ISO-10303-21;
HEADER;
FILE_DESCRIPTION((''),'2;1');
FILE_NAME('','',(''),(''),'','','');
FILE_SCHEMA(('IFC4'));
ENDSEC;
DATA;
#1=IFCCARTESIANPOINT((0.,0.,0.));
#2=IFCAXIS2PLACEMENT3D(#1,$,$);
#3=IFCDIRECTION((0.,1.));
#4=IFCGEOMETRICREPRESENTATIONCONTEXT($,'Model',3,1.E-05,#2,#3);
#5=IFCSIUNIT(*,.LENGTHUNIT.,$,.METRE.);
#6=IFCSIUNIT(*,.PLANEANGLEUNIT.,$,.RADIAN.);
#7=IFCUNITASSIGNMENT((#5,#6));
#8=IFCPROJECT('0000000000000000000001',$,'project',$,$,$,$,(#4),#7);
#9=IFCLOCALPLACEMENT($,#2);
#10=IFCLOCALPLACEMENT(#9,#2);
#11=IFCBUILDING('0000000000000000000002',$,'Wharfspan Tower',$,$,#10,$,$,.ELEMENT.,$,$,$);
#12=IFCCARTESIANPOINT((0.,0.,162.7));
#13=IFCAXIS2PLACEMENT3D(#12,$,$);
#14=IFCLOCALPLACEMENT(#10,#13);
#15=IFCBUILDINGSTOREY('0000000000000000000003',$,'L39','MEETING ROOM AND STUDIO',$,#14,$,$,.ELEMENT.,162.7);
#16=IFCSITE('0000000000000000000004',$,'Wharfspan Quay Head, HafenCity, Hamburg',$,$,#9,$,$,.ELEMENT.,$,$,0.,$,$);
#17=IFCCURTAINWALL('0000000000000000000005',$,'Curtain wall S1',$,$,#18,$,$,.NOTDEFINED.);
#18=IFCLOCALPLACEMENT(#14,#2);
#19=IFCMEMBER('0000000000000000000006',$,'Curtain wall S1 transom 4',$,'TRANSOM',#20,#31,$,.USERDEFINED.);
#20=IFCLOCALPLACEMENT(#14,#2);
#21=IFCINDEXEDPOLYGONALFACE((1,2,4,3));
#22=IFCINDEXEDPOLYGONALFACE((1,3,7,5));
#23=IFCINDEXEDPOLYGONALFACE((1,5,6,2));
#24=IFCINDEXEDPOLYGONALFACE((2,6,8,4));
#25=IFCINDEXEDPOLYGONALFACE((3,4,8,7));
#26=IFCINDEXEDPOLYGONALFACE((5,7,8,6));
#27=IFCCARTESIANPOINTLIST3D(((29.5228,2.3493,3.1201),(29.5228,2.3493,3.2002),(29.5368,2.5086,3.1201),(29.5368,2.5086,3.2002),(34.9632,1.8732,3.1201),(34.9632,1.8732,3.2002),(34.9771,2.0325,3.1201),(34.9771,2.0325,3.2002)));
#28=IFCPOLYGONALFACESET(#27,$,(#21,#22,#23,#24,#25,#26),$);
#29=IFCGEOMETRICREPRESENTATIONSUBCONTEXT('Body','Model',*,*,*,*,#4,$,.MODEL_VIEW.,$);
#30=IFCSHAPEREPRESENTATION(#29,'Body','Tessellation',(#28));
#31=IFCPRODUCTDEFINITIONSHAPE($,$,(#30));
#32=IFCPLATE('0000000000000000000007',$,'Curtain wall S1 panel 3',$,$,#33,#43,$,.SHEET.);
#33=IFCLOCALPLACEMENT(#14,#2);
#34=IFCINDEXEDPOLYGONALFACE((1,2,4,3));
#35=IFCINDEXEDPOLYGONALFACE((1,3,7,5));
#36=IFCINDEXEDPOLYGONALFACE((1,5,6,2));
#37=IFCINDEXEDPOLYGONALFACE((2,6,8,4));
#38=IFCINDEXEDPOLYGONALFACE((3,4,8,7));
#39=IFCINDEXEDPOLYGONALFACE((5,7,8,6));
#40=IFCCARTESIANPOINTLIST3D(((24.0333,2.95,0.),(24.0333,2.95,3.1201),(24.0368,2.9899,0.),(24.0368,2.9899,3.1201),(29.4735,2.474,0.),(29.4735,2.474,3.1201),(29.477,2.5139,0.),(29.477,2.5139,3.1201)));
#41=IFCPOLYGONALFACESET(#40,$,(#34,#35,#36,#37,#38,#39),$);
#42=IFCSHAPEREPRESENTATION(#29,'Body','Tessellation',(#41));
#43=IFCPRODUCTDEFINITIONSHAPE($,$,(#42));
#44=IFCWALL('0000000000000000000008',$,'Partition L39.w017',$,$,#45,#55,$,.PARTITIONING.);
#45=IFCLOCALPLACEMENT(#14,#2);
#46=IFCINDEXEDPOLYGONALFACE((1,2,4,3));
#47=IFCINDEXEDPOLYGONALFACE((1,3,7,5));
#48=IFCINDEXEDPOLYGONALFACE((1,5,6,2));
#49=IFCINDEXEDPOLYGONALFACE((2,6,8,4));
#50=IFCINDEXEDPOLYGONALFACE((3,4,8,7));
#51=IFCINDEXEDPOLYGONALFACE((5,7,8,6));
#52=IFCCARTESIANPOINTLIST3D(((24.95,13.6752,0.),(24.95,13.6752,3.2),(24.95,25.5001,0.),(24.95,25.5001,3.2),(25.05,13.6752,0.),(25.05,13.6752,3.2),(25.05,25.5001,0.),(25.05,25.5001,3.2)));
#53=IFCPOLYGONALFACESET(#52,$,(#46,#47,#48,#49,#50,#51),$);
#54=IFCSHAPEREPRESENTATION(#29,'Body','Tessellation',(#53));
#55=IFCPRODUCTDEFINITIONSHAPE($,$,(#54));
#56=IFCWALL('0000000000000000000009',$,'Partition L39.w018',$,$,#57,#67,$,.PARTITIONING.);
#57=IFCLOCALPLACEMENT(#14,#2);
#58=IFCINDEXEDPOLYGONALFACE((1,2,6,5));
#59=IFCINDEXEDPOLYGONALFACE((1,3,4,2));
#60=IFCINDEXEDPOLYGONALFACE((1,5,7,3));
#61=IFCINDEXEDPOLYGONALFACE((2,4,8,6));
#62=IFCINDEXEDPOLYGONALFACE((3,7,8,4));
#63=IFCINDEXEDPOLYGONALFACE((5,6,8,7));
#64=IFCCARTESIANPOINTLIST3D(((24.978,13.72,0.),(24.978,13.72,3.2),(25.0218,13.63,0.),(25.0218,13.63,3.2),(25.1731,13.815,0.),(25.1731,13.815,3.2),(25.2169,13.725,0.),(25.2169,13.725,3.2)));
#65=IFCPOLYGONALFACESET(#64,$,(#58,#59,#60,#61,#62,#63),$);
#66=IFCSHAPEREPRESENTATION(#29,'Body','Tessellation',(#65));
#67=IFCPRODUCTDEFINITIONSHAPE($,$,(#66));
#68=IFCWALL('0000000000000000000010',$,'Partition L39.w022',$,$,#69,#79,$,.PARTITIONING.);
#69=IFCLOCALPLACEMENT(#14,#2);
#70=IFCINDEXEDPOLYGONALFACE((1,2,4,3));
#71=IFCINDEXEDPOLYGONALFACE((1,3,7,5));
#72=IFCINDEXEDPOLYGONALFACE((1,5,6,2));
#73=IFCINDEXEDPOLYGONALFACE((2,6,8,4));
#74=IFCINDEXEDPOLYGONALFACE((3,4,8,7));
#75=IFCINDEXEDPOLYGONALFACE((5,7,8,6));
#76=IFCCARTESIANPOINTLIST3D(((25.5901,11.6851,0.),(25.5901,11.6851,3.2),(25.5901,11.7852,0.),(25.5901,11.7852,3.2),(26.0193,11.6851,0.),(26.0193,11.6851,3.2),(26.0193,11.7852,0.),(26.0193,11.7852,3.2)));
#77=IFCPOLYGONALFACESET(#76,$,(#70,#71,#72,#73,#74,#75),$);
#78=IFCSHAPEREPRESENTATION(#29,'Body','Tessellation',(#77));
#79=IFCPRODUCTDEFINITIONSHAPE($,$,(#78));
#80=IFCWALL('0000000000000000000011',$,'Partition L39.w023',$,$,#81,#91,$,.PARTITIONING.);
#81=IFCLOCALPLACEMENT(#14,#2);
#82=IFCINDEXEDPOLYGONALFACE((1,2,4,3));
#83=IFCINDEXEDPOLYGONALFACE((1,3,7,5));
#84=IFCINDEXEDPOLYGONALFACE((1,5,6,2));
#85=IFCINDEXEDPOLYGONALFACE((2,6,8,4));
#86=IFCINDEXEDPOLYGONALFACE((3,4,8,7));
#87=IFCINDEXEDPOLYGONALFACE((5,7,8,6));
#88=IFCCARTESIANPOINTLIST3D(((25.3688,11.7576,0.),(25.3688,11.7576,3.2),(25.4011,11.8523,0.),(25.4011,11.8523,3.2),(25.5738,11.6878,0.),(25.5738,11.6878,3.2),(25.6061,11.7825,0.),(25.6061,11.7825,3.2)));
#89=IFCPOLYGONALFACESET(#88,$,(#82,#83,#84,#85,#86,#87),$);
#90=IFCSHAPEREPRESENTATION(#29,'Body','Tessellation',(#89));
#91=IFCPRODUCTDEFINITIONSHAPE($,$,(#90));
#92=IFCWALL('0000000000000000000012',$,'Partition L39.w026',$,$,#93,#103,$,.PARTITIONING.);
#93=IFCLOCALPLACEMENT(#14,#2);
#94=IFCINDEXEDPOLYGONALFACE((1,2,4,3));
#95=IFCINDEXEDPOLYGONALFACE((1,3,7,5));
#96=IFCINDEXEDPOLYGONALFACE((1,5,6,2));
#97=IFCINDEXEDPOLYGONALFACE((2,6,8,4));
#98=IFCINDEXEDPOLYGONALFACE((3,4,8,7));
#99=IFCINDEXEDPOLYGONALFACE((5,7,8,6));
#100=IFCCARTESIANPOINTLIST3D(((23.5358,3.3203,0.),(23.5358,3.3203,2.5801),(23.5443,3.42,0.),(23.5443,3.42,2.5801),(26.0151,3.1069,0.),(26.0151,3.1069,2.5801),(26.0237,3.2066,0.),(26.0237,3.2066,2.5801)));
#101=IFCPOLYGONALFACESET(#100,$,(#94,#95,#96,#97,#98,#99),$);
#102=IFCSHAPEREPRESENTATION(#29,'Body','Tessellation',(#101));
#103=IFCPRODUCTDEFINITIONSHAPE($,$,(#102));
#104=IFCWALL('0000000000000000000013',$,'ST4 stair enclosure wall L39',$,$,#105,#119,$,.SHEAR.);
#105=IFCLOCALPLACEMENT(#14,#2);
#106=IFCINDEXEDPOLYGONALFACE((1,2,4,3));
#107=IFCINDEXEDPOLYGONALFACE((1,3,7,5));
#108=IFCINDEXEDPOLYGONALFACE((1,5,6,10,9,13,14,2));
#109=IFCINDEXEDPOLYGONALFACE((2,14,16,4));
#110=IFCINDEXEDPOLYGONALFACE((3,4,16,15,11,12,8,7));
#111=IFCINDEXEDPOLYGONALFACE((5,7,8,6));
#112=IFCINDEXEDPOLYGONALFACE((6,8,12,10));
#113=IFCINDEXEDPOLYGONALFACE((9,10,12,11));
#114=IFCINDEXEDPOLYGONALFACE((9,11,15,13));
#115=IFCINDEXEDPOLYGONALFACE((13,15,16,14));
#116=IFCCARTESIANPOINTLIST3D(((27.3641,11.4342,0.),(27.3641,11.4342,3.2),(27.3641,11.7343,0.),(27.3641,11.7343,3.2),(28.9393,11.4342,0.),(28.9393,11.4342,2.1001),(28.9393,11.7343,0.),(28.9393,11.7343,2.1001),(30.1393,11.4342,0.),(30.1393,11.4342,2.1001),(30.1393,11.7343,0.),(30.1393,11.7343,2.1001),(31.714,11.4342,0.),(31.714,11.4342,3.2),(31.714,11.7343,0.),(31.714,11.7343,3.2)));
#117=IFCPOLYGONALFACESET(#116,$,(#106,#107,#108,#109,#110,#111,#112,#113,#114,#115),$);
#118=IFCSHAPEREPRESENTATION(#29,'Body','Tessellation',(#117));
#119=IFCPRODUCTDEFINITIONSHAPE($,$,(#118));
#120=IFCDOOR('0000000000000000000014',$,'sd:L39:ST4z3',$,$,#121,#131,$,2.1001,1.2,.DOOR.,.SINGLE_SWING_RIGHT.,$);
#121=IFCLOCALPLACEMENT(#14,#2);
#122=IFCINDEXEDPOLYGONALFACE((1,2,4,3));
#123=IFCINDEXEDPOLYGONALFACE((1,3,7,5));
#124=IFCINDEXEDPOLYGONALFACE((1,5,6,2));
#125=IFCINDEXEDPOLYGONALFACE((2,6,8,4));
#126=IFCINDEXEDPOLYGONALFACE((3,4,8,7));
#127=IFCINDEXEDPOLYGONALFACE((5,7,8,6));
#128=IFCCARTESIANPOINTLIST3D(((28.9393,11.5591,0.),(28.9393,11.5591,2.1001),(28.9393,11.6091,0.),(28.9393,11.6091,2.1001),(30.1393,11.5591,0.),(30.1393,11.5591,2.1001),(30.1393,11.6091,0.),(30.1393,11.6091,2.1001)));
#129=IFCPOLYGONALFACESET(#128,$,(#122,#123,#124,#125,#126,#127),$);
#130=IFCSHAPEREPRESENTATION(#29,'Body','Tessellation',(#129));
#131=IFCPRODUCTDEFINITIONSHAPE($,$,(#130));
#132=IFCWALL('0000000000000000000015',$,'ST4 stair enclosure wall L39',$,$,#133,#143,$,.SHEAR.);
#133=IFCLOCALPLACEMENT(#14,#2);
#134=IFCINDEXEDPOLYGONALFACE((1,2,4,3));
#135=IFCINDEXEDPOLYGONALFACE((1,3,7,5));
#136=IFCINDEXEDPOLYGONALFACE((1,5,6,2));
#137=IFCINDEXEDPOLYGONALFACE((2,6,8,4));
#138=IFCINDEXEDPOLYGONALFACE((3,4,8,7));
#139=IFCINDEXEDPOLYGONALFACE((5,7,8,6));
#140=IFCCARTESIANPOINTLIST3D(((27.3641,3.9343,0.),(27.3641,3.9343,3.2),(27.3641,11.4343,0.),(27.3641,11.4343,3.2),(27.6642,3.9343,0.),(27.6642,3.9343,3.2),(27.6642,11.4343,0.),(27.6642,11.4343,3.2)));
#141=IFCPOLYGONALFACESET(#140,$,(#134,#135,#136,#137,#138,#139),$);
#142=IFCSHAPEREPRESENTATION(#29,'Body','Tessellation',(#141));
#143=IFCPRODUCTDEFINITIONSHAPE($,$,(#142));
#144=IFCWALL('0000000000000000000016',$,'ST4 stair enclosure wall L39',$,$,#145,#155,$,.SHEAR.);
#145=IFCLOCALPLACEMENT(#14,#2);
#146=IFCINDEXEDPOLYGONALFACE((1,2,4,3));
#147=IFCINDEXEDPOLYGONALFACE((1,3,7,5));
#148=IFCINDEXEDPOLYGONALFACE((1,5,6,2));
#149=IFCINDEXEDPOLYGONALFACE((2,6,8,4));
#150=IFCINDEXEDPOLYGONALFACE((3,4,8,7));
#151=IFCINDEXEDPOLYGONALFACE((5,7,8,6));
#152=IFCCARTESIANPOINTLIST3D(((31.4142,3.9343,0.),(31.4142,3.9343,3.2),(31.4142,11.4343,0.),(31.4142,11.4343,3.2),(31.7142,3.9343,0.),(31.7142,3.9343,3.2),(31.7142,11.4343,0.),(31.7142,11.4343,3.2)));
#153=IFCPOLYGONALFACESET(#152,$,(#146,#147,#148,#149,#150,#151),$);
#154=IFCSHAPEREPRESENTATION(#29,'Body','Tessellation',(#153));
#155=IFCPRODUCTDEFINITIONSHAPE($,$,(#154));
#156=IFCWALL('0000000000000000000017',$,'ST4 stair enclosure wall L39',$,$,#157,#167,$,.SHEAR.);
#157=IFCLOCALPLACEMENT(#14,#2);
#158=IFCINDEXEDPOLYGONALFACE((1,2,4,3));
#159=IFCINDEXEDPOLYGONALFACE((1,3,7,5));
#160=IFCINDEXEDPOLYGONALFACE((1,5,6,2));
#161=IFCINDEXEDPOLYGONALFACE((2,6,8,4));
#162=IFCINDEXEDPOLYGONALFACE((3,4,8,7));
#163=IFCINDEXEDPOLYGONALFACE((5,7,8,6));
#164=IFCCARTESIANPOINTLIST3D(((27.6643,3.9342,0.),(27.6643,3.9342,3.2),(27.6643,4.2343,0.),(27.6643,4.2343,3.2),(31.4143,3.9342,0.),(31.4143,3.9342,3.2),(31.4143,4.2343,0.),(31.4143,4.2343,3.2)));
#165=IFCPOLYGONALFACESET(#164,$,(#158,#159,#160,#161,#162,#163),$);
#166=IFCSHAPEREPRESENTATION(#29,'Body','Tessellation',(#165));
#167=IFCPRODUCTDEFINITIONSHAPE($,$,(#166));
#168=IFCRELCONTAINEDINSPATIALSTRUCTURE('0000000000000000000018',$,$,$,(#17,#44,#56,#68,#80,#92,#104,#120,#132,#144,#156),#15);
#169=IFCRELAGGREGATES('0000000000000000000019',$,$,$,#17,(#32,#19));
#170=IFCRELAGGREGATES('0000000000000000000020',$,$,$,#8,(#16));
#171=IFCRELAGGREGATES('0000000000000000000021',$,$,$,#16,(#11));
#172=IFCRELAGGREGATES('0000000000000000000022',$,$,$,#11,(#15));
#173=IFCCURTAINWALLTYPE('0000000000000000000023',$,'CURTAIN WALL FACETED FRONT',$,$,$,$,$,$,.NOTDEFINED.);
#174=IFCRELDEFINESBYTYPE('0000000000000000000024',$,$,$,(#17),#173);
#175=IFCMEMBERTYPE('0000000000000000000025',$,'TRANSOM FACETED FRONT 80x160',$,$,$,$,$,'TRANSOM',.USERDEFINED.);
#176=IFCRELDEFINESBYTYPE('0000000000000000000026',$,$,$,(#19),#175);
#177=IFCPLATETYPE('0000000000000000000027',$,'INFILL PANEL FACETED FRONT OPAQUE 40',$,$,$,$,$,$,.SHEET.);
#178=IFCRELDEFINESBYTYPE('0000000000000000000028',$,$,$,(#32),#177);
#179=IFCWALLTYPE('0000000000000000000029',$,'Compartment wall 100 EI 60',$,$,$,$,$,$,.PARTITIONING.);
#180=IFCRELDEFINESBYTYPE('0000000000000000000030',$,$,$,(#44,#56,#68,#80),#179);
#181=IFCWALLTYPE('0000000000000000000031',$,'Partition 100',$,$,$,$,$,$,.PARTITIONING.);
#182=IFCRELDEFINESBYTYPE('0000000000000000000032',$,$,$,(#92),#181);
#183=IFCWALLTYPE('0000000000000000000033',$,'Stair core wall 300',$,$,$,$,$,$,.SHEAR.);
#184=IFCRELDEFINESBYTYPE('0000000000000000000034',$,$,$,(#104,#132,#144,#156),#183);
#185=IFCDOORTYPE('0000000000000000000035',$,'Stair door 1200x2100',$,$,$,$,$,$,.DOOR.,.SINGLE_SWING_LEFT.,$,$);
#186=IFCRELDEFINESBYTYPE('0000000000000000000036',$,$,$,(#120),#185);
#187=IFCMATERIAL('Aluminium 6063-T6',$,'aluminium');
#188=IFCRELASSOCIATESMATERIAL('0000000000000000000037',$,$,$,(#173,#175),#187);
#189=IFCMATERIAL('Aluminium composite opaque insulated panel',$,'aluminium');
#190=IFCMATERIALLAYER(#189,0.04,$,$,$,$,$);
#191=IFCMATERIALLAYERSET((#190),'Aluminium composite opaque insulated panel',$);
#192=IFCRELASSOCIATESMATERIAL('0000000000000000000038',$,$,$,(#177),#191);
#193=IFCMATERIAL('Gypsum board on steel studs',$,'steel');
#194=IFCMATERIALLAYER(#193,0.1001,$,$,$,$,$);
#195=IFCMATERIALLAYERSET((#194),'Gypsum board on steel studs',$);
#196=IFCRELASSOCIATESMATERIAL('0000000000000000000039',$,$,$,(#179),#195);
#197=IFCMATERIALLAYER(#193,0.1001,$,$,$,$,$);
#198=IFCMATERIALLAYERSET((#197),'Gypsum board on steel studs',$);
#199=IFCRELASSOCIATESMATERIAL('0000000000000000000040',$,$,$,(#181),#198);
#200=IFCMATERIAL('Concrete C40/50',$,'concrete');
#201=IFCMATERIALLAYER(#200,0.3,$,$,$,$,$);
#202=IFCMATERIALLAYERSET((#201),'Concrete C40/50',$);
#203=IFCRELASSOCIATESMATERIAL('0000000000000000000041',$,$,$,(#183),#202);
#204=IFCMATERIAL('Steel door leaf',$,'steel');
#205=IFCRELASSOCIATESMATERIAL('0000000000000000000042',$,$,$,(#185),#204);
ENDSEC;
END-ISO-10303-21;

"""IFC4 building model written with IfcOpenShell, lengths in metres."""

from ifc_helpers import new_model, si_unit, direction, frame, frame_2d, origin, origin_2d, place, context, subcontext, project, spatial, rectangle, extrude, material, layer, layer_set, material_profile, profile_set, type_object, element, fill, aggregate, save


model = new_model("IFC4")

# Units and contexts
model_context = context("Model", 3, precision=1e-05, world=origin(), true_north=direction((0.0, 1.0)))
body_context = subcontext(model_context, "Body", "Model", "MODEL_VIEW")
ifc_project = project(units=[si_unit("LENGTHUNIT", "METRE"), si_unit("PLANEANGLEUNIT", "RADIAN")], contexts=[model_context])

# Site, building, storey
site_placement = place(None, origin())
site = spatial("IfcSite", under=ifc_project, at=site_placement, Name="Wharfspan Quay Head, HafenCity, Hamburg", CompositionType="ELEMENT", RefElevation=0.0)
building_placement = place(site_placement, origin())
building = spatial("IfcBuilding", under=site, at=building_placement, Name="Wharfspan Tower", CompositionType="ELEMENT")
storey_placement = place(building_placement, frame((0.0, 0.0, 162.7)))
storey = spatial("IfcBuildingStorey", under=building, at=storey_placement, Name="L39", Description="MEETING ROOM AND STUDIO", CompositionType="ELEMENT", Elevation=162.7)

# Curtain wall, member, plate
ifc_material_1 = material(Name="Aluminium 6063-T6", Category="aluminium")
curtain_wall_type = type_object("IfcCurtainWallType", Name="CURTAIN WALL FACETED FRONT", PredefinedType="NOTDEFINED", material=ifc_material_1)
curtain_wall_placement = place(storey_placement, origin())
curtain_wall = element("IfcCurtainWall", 1, at=curtain_wall_placement, inside=storey, type_object=curtain_wall_type, Name="Curtain wall S1", PredefinedType="NOTDEFINED")
ifc_material_profile_1 = material_profile(ifc_material_1, rectangle(XDim=0.1599, YDim=0.0801, at=origin_2d()))
ifc_profile_set_1 = profile_set([ifc_material_profile_1], Name="Aluminium 6063-T6")
member_type_1 = type_object("IfcMemberType", Name="TRANSOM FACETED FRONT 80x160", ElementType="TRANSOM", PredefinedType="USERDEFINED", material=ifc_profile_set_1)
member_1_placement = place(storey_placement, frame((29.5298, 2.429, 3.1602), z_axis=(0.996193, -0.087174, 0.0), x_axis=(0.087174, 0.996193, 0.0)))
member_1 = element("IfcMember", 2, at=member_1_placement, type_object=member_type_1, Name="Curtain wall S1 transom 4", ObjectType="TRANSOM", PredefinedType="USERDEFINED", context=body_context, shape_type="SweptSolid", body=[
    extrude(rectangle(XDim=0.1599, YDim=0.0801, at=origin_2d()), origin(), (0.0, 0.0, 1.0), 5.4612),
])
ifc_material_2 = material(Name="Aluminium composite opaque insulated panel", Category="aluminium")
ifc_layer_1 = layer(ifc_material_2, 0.04)
ifc_layer_set_1 = layer_set([ifc_layer_1], Name="Aluminium composite opaque insulated panel")
plate_type = type_object("IfcPlateType", Name="INFILL PANEL FACETED FRONT OPAQUE 40", PredefinedType="SHEET", material=ifc_layer_set_1)
plate_placement = place(storey_placement, frame((26.7551, 2.7319, 0.0), z_axis=(0.0, 0.0, 1.0), x_axis=(0.996198, -0.087156, 0.0)))
plate = element("IfcPlate", 3, at=plate_placement, type_object=plate_type, Name="Curtain wall S1 panel 3", PredefinedType="SHEET", context=body_context, shape_type="SweptSolid", body=[
    extrude(rectangle(XDim=5.4609, YDim=0.04, at=origin_2d()), origin(), (0.0, 0.0, 1.0), 3.1201),
])
aggregate(curtain_wall, [plate, member_1])

# Walls
ifc_material_3 = material(Name="Gypsum board on steel studs", Category="steel")
ifc_layer_2 = layer(ifc_material_3, 0.1001)
ifc_layer_set_2 = layer_set([ifc_layer_2], Name="Gypsum board on steel studs")
wall_type_1 = type_object("IfcWallType", Name="Compartment wall 100 EI 60", PredefinedType="PARTITIONING", material=ifc_layer_set_2)
wall_1_placement = place(storey_placement, frame((25.0, 13.675, 0.0), z_axis=(0.0, 0.0, 1.0), x_axis=(0.0, 1.0, 0.0)))
element("IfcWall", 4, at=wall_1_placement, inside=storey, type_object=wall_type_1, Name="Partition L39.w017", PredefinedType="PARTITIONING", context=body_context, shape_type="SweptSolid", body=[
    extrude(rectangle(XDim=11.825, YDim=0.1001, at=frame_2d((5.9126, 0.0))), origin(), (0.0, 0.0, 1.0), 3.2),
])
wall_2_placement = place(storey_placement, frame((25.0, 13.675, 0.0), z_axis=(0.0, 0.0, 1.0), x_axis=(0.899103, 0.437736, 0.0)))
element("IfcWall", 5, at=wall_2_placement, inside=storey, type_object=wall_type_1, Name="Partition L39.w018", PredefinedType="PARTITIONING", context=body_context, shape_type="SweptSolid", body=[
    extrude(rectangle(XDim=0.217, YDim=0.1001, at=frame_2d((0.1084, 0.0))), origin(), (0.0, 0.0, 1.0), 3.2),
])
wall_3_placement = place(storey_placement, frame((25.5901, 11.7351, 0.0), z_axis=(0.0, 0.0, 1.0), x_axis=(1.0, 0.0, 0.0)))
element("IfcWall", 6, at=wall_3_placement, inside=storey, type_object=wall_type_1, Name="Partition L39.w022", PredefinedType="PARTITIONING", context=body_context, shape_type="SweptSolid", body=[
    extrude(rectangle(XDim=0.4292, YDim=0.1001, at=frame_2d((0.2146, 0.0))), origin(), (0.0, 0.0, 1.0), 3.2),
])
wall_4_placement = place(storey_placement, frame((25.5901, 11.7351, 0.0), z_axis=(0.0, 0.0, 1.0), x_axis=(-0.946633, 0.322306, 0.0)))
element("IfcWall", 7, at=wall_4_placement, inside=storey, type_object=wall_type_1, Name="Partition L39.w023", PredefinedType="PARTITIONING", context=body_context, shape_type="SweptSolid", body=[
    extrude(rectangle(XDim=0.2166, YDim=0.1001, at=frame_2d((0.1084, 0.0))), origin(), (0.0, 0.0, 1.0), 3.2),
])
ifc_layer_3 = layer(ifc_material_3, 0.1001)
ifc_layer_set_3 = layer_set([ifc_layer_3], Name="Gypsum board on steel studs")
wall_type_2 = type_object("IfcWallType", Name="Partition 100", PredefinedType="PARTITIONING", material=ifc_layer_set_3)
wall_5_placement = place(storey_placement, frame((26.0193, 3.1567, 0.0), z_axis=(0.0, 0.0, 1.0), x_axis=(-0.996317, 0.085749, 0.0)))
element("IfcWall", 8, at=wall_5_placement, inside=storey, type_object=wall_type_2, Name="Partition L39.w026", PredefinedType="PARTITIONING", context=body_context, shape_type="SweptSolid", body=[
    extrude(rectangle(XDim=2.4885, YDim=0.1001, at=frame_2d((1.2441, 0.0))), origin(), (0.0, 0.0, 1.0), 2.5801),
])

# Wall, opening, door
ifc_material_4 = material(Name="Concrete C40/50", Category="concrete")
ifc_layer_4 = layer(ifc_material_4, 0.3)
ifc_layer_set_4 = layer_set([ifc_layer_4], Name="Concrete C40/50")
wall_type_3 = type_object("IfcWallType", Name="Stair core wall 300", PredefinedType="SHEAR", material=ifc_layer_set_4)
wall_6_placement = place(storey_placement, frame((27.3643, 11.5842, 0.0), z_axis=(0.0, 0.0, 1.0), x_axis=(1.0, 0.0, 0.0)))
wall_6 = element("IfcWall", 9, at=wall_6_placement, inside=storey, type_object=wall_type_3, Name="ST4 stair enclosure wall L39", PredefinedType="SHEAR", context=body_context, shape_type="SweptSolid", body=[
    extrude(rectangle(XDim=4.3499, YDim=0.3, at=frame_2d((2.1748, 0.0))), origin(), (0.0, 0.0, 1.0), 3.2),
])
opening_placement = place(wall_6_placement, frame((1.575, 0.0, 0.0)))
opening = element("IfcOpeningElement", 10, at=opening_placement, cuts=wall_6, PredefinedType="OPENING", context=body_context, shape_type="SweptSolid", body=[
    extrude(rectangle(XDim=1.2, YDim=2.1001, at=frame_2d((0.6001, 1.05))), frame((0.0, 0.1599, 0.0), z_axis=(0.0, -1.0, 0.0), x_axis=(1.0, 0.0, 0.0)), (0.0, 0.0, 1.0), 0.3201),
])
ifc_material_5 = material(Name="Steel door leaf", Category="steel")
door_type = type_object("IfcDoorType", Name="Stair door 1200x2100", OperationType="SINGLE_SWING_LEFT", PredefinedType="DOOR", material=ifc_material_5)
door_placement = place(opening_placement, origin())
door = element("IfcDoor", 11, at=door_placement, inside=storey, type_object=door_type, Name="sd:L39:ST4z3", OperationType="SINGLE_SWING_RIGHT", OverallHeight=2.1001, OverallWidth=1.2, PredefinedType="DOOR", context=body_context, shape_type="SweptSolid", body=[
    extrude(rectangle(XDim=1.2, YDim=2.1001, at=frame_2d((0.6001, 1.05))), frame((0.0, 0.0249, 0.0), z_axis=(0.0, -1.0, 0.0), x_axis=(1.0, 0.0, 0.0)), (0.0, 0.0, 1.0), 0.05),
])
fill(opening, door)

# Walls
for number, where, z_axis, x_axis, name in (
    (12, (27.5142, 3.9343, 0.0), (0.0, 0.0, 1.0), (0.0, 1.0, 0.0), "ST4 stair enclosure wall L39"),
    (13, (31.5642, 3.9343, 0.0), (0.0, 0.0, 1.0), (0.0, 1.0, 0.0), "ST4 stair enclosure wall L39"),
):
    element("IfcWall", number, at=place(storey_placement, frame(where, z_axis=z_axis, x_axis=x_axis)), inside=storey, type_object=wall_type_3, Name=name, PredefinedType="SHEAR", context=body_context, shape_type="SweptSolid", body=[
        extrude(rectangle(XDim=7.5, YDim=0.3, at=frame_2d((3.75, 0.0))), origin(), (0.0, 0.0, 1.0), 3.2),
    ])
wall_7_placement = place(storey_placement, frame((27.6643, 4.0842, 0.0), z_axis=(0.0, 0.0, 1.0), x_axis=(1.0, 0.0, 0.0)))
element("IfcWall", 14, at=wall_7_placement, inside=storey, type_object=wall_type_3, Name="ST4 stair enclosure wall L39", PredefinedType="SHEAR", context=body_context, shape_type="SweptSolid", body=[
    extrude(rectangle(XDim=3.75, YDim=0.3, at=frame_2d((1.875, 0.0))), origin(), (0.0, 0.0, 1.0), 3.2),
])

save(model, "model.ifc")
